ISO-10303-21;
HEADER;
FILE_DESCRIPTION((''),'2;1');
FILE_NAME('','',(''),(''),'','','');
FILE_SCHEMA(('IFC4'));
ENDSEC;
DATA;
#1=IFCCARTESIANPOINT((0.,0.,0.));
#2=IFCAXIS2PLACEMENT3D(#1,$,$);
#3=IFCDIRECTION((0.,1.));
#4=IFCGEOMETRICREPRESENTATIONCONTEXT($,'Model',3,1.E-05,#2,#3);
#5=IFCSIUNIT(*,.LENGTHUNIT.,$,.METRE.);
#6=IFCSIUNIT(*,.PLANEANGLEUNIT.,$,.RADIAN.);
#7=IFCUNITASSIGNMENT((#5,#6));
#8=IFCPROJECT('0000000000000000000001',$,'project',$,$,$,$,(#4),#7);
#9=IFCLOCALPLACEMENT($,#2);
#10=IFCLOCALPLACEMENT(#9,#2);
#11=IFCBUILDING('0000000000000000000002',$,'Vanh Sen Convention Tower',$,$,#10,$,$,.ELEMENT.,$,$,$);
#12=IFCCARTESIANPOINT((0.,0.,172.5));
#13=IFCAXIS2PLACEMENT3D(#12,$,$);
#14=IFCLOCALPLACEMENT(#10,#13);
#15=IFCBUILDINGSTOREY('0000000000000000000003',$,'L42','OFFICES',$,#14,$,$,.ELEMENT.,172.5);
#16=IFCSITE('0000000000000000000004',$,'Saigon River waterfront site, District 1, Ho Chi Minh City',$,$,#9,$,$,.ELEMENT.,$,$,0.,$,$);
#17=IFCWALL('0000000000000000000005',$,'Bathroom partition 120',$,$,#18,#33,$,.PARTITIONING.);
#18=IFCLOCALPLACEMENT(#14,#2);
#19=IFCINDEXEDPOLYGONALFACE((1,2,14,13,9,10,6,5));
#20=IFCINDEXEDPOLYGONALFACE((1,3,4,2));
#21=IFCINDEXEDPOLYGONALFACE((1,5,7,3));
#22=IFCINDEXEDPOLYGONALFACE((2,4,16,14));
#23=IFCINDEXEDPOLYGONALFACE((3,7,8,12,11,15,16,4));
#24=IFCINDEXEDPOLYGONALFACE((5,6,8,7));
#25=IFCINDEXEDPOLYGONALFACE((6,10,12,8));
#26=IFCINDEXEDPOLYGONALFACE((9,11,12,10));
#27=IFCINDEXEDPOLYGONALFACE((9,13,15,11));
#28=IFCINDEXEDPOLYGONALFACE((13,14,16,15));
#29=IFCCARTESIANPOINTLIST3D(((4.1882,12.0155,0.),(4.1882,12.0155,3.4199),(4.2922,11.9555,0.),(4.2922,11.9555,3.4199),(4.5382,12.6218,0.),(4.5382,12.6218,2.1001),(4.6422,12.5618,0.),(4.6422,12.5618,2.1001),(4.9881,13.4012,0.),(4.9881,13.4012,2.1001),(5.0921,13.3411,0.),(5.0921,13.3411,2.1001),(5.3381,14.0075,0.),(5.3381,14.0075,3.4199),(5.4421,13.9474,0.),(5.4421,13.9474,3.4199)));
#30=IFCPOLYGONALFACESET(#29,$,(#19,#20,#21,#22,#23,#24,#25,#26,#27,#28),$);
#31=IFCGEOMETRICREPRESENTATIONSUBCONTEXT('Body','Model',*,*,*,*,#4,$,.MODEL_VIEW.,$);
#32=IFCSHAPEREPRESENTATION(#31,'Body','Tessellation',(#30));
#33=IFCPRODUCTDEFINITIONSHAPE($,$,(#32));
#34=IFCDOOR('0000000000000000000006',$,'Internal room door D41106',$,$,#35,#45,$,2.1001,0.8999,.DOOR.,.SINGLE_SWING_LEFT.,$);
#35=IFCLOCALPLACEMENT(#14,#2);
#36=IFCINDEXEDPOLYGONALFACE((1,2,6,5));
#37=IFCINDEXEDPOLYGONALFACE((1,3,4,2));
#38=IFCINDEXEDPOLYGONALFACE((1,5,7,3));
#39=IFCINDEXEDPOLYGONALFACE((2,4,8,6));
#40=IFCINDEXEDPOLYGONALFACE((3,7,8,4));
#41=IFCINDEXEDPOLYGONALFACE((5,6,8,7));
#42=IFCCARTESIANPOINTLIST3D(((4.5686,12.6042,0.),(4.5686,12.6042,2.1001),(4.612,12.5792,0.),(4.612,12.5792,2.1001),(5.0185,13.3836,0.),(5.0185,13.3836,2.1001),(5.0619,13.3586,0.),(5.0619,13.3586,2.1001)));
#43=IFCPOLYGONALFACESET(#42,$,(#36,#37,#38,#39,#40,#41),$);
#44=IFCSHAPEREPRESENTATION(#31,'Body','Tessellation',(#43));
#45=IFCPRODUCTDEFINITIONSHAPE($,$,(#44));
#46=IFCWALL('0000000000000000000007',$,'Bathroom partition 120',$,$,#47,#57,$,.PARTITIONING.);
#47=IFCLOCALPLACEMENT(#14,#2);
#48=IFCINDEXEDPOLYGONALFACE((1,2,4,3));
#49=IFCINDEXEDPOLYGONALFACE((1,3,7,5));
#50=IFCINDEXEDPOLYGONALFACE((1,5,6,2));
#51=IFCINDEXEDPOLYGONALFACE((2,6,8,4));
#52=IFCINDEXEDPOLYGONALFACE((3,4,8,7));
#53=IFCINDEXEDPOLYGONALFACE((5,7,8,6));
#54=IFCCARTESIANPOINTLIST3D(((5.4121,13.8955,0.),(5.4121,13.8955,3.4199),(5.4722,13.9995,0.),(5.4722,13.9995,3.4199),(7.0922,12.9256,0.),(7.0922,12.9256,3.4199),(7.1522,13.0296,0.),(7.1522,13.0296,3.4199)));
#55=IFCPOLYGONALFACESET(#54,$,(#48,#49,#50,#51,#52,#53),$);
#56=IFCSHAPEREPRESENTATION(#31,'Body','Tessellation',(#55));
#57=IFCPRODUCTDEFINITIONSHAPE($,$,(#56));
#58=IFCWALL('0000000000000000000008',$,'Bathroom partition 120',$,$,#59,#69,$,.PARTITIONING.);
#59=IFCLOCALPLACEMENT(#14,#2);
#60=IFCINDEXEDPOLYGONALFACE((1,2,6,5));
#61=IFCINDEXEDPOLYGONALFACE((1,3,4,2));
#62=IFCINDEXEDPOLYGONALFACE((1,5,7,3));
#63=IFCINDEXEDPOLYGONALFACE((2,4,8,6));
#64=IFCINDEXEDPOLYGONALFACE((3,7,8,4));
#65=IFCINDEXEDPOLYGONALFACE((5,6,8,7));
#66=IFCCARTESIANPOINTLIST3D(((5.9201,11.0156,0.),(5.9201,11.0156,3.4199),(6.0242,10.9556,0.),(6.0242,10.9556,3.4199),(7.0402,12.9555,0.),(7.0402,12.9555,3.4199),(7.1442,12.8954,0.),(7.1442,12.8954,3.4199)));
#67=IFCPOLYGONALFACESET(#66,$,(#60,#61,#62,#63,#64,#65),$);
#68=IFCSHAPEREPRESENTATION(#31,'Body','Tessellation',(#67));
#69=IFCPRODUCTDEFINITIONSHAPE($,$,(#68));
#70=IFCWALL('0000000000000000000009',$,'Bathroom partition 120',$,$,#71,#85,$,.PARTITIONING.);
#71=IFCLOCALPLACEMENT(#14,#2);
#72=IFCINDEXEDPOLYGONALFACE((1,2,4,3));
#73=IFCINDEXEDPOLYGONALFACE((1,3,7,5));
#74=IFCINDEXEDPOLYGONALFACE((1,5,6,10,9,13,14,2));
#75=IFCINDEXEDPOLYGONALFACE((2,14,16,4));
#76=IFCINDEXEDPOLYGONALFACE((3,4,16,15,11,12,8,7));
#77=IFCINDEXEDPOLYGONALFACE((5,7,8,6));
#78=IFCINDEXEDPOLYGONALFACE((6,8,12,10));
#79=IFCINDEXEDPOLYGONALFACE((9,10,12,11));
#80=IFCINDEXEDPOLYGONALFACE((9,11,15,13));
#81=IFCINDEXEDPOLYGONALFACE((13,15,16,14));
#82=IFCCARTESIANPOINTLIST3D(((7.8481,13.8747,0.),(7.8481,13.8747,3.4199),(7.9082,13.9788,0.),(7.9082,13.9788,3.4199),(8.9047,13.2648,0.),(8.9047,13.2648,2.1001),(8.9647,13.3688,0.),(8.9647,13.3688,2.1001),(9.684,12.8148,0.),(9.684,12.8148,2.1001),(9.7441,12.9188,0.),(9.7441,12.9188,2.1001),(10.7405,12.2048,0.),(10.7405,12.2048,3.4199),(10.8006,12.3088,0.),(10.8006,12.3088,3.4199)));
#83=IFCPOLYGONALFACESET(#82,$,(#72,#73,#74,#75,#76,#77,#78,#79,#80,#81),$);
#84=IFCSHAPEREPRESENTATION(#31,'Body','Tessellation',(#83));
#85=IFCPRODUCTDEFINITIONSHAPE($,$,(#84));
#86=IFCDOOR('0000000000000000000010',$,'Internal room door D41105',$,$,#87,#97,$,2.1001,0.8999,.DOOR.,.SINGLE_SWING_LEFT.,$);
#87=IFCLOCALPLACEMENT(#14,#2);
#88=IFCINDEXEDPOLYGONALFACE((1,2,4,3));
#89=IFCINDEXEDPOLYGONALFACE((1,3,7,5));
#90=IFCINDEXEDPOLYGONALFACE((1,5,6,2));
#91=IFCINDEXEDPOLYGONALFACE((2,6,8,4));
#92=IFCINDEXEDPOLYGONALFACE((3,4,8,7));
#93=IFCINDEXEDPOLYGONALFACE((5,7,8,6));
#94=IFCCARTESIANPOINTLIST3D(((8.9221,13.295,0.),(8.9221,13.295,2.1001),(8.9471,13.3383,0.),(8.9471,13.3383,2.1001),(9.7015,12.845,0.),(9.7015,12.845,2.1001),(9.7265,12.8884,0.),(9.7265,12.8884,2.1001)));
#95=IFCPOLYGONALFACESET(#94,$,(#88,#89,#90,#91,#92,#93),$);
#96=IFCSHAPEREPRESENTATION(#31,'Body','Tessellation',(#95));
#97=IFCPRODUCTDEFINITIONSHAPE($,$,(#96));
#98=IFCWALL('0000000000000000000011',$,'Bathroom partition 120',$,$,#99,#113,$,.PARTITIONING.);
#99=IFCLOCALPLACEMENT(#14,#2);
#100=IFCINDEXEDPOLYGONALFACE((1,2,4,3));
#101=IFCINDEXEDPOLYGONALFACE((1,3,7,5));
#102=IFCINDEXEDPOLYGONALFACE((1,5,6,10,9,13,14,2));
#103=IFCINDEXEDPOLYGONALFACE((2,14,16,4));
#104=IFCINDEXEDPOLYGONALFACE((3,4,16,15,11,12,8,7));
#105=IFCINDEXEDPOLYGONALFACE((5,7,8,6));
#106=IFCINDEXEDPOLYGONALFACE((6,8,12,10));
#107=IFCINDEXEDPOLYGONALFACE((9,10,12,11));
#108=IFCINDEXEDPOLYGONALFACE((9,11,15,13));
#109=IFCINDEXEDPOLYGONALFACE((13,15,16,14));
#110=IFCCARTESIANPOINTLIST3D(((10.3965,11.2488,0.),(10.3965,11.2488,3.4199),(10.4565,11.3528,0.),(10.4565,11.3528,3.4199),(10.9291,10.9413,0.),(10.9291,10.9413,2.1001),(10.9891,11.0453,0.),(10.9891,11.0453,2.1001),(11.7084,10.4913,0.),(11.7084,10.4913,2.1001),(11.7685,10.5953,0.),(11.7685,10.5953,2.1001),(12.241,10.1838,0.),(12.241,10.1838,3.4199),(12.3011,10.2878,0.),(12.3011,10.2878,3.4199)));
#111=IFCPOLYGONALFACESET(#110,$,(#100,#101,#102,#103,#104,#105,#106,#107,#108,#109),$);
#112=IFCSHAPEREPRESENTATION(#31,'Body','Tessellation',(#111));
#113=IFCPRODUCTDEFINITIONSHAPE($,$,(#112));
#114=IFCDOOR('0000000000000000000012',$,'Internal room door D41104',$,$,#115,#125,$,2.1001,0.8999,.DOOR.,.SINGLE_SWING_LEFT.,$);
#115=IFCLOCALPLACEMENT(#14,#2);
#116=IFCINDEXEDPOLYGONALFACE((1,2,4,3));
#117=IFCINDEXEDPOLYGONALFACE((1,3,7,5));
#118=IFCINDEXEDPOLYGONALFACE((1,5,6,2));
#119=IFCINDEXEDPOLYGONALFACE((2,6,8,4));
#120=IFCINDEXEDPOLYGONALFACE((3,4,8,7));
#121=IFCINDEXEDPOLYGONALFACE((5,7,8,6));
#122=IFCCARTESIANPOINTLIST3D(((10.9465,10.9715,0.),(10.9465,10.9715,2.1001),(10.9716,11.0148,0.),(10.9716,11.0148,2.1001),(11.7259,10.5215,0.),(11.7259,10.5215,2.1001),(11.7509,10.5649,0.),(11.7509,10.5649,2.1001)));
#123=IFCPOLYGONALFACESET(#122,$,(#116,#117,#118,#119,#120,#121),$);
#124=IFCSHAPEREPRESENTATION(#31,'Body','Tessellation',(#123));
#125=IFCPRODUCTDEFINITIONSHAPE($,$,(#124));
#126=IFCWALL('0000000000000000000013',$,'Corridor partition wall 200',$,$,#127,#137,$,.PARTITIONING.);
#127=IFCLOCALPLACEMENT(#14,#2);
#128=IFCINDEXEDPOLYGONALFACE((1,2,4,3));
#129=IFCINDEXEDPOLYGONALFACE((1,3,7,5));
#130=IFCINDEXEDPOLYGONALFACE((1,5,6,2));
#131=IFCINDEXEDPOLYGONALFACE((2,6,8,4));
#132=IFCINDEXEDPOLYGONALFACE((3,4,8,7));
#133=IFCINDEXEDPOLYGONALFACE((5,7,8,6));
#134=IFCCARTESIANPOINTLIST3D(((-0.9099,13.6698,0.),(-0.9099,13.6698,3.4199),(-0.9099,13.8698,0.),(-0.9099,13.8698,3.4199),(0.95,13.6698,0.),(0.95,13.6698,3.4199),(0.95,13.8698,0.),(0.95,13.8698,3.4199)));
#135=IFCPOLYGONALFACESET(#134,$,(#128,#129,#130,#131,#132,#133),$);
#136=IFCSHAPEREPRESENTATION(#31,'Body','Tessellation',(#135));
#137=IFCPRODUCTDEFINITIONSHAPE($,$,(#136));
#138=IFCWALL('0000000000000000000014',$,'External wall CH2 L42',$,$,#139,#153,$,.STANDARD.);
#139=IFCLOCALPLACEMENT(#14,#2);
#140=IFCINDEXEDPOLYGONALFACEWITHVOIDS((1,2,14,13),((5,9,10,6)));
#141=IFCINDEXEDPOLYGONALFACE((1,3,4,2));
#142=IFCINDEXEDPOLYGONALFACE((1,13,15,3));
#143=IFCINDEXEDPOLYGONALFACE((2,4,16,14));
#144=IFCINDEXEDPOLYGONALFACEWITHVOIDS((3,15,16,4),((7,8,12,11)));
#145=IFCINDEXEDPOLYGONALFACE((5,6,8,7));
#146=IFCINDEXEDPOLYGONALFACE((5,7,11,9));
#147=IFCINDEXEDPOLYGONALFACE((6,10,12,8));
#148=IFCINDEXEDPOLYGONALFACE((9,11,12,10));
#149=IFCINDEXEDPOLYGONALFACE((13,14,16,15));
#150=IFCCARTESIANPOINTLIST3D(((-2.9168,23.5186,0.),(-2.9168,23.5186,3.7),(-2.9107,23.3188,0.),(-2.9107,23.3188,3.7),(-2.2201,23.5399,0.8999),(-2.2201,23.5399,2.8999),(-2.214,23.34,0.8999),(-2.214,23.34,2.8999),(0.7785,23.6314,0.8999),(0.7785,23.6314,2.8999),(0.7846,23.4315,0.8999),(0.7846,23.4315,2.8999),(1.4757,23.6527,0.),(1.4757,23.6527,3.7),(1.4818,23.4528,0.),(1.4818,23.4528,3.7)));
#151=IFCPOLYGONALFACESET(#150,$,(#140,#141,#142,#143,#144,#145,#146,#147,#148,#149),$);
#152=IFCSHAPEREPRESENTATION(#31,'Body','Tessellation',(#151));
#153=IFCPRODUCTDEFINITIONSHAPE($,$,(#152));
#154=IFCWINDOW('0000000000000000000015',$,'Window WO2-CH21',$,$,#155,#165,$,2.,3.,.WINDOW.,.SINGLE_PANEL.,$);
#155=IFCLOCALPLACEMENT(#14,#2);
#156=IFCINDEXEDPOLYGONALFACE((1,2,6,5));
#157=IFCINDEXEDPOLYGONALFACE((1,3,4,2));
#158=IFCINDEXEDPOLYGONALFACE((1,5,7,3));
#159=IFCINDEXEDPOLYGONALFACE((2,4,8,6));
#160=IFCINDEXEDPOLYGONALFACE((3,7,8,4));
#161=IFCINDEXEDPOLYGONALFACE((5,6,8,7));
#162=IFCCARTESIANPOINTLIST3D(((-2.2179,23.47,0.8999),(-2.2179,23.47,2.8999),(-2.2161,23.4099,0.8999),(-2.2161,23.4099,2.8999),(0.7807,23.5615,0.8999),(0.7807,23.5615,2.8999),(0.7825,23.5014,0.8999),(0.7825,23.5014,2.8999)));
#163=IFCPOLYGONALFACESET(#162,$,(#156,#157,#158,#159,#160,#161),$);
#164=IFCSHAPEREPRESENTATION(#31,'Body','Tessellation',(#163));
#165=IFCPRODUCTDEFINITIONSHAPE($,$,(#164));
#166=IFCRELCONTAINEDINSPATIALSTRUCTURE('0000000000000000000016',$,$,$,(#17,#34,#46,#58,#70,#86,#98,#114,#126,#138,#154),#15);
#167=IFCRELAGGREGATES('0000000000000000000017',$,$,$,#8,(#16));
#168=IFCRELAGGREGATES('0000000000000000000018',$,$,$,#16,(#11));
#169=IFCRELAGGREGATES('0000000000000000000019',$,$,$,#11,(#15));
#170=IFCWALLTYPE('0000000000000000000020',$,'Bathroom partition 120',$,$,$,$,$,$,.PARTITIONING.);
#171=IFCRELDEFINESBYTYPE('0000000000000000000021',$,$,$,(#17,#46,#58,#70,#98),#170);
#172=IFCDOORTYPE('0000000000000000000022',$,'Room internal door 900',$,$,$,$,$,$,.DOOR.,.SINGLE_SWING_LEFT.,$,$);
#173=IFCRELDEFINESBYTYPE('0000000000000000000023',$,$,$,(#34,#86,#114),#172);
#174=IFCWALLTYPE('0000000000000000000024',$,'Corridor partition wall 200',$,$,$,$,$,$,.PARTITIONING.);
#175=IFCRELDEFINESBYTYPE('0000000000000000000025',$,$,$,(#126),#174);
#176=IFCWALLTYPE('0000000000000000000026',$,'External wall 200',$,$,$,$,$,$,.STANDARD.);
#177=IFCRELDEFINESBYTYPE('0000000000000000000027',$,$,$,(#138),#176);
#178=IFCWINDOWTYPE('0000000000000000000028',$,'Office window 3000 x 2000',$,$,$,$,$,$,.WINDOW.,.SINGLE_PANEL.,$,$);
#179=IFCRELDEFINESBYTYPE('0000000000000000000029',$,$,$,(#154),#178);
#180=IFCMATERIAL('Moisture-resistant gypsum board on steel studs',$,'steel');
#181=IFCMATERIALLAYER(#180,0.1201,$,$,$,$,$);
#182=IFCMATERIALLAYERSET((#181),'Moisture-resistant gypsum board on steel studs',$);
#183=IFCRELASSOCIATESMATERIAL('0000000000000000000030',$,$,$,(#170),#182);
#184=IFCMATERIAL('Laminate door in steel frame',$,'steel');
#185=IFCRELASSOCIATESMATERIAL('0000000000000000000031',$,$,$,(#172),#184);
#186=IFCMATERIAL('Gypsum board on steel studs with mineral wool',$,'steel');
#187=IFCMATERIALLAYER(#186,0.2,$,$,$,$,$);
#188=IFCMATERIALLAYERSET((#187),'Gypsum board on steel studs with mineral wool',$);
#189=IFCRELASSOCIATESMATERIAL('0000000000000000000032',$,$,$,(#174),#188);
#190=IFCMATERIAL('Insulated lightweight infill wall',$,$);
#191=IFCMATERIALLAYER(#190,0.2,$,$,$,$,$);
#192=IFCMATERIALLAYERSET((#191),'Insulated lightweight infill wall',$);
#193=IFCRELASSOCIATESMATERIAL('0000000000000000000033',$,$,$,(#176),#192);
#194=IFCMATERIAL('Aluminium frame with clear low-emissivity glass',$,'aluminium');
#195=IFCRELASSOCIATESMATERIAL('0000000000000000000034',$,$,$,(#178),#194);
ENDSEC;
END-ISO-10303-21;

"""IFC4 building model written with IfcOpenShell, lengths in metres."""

from ifc_helpers import new_model, si_unit, direction, frame, frame_2d, origin, place, context, subcontext, project, spatial, rectangle, extrude, material, layer, layer_set, type_object, element, fill, save


model = new_model("IFC4")

# Units and contexts
model_context = context("Model", 3, precision=1e-05, world=origin(), true_north=direction((0.0, 1.0)))
body_context = subcontext(model_context, "Body", "Model", "MODEL_VIEW")
ifc_project = project(units=[si_unit("LENGTHUNIT", "METRE"), si_unit("PLANEANGLEUNIT", "RADIAN")], contexts=[model_context])

# Site, building, storey
site_placement = place(None, origin())
site = spatial("IfcSite", under=ifc_project, at=site_placement, Name="Saigon River waterfront site, District 1, Ho Chi Minh City", CompositionType="ELEMENT", RefElevation=0.0)
building_placement = place(site_placement, origin())
building = spatial("IfcBuilding", under=site, at=building_placement, Name="Vanh Sen Convention Tower", CompositionType="ELEMENT")
storey_placement = place(building_placement, frame((0.0, 0.0, 172.5)))
storey = spatial("IfcBuildingStorey", under=building, at=storey_placement, Name="L42", Description="OFFICES", CompositionType="ELEMENT", Elevation=172.5)

# Wall, opening, door
ifc_material_1 = material(Name="Moisture-resistant gypsum board on steel studs", Category="steel")
ifc_layer_1 = layer(ifc_material_1, 0.1201)
ifc_layer_set_1 = layer_set([ifc_layer_1], Name="Moisture-resistant gypsum board on steel studs")
wall_type_1 = type_object("IfcWallType", Name="Bathroom partition 120", PredefinedType="PARTITIONING", material=ifc_layer_set_1)
wall_1_placement = place(storey_placement, frame((4.2402, 11.9856, 0.0), z_axis=(0.0, 0.0, 1.0), x_axis=(0.499952, 0.866053, 0.0)))
wall_1 = element("IfcWall", 1, at=wall_1_placement, inside=storey, type_object=wall_type_1, Name="Bathroom partition 120", PredefinedType="PARTITIONING", context=body_context, shape_type="SweptSolid", body=[
    extrude(rectangle(XDim=2.3, YDim=0.1201, at=frame_2d((1.1499, 0.0))), origin(), (0.0, 0.0, 1.0), 3.4199),
])
opening_1_placement = place(wall_1_placement, frame((0.7, 0.0, 0.0)))
opening_1 = element("IfcOpeningElement", 2, at=opening_1_placement, cuts=wall_1, PredefinedType="OPENING", context=body_context, shape_type="SweptSolid", body=[
    extrude(rectangle(XDim=0.8999, YDim=2.1001, at=frame_2d((0.45, 1.05))), frame((0.0, 0.0701, 0.0), z_axis=(0.0, -1.0, 0.0), x_axis=(1.0, 0.0, 0.0)), (0.0, 0.0, 1.0), 0.1401),
])
ifc_material_2 = material(Name="Laminate door in steel frame", Category="steel")
door_type = type_object("IfcDoorType", Name="Room internal door 900", OperationType="SINGLE_SWING_LEFT", PredefinedType="DOOR", material=ifc_material_2)
door_1_placement = place(opening_1_placement, origin())
door_1 = element("IfcDoor", 3, at=door_1_placement, inside=storey, type_object=door_type, Name="Internal room door D41106", OperationType="SINGLE_SWING_LEFT", OverallHeight=2.1001, OverallWidth=0.8999, PredefinedType="DOOR", context=body_context, shape_type="SweptSolid", body=[
    extrude(rectangle(XDim=0.8999, YDim=2.1001, at=frame_2d((0.45, 1.05))), frame((0.0, 0.0249, 0.0), z_axis=(0.0, -1.0, 0.0), x_axis=(1.0, 0.0, 0.0)), (0.0, 0.0, 1.0), 0.05),
])
fill(opening_1, door_1)

# Walls
wall_2_placement = place(storey_placement, frame((5.4421, 13.9475, 0.0), z_axis=(0.0, 0.0, 1.0), x_axis=(0.866043, -0.499969, 0.0)))
element("IfcWall", 4, at=wall_2_placement, inside=storey, type_object=wall_type_1, Name="Bathroom partition 120", PredefinedType="PARTITIONING", context=body_context, shape_type="SweptSolid", body=[
    extrude(rectangle(XDim=1.9399, YDim=0.1201, at=frame_2d((0.97, 0.0))), origin(), (0.0, 0.0, 1.0), 3.4199),
])
wall_3_placement = place(storey_placement, frame((7.0923, 12.9255, 0.0), z_axis=(0.0, 0.0, 1.0), x_axis=(-0.500031, -0.866008, 0.0)))
element("IfcWall", 5, at=wall_3_placement, inside=storey, type_object=wall_type_1, Name="Bathroom partition 120", PredefinedType="PARTITIONING", context=body_context, shape_type="SweptSolid", body=[
    extrude(rectangle(XDim=2.24, YDim=0.1201, at=frame_2d((1.1201, 0.0))), origin(), (0.0, 0.0, 1.0), 3.4199),
])

# Walls, openings, doors
wall_4_placement = place(storey_placement, frame((7.8782, 13.9268, 0.0), z_axis=(0.0, 0.0, 1.0), x_axis=(0.866021, -0.500007, 0.0)))
wall_4 = element("IfcWall", 6, at=wall_4_placement, inside=storey, type_object=wall_type_1, Name="Bathroom partition 120", PredefinedType="PARTITIONING", context=body_context, shape_type="SweptSolid", body=[
    extrude(rectangle(XDim=3.3398, YDim=0.1201, at=frame_2d((1.6699, 0.0))), origin(), (0.0, 0.0, 1.0), 3.4199),
])
opening_2_placement = place(wall_4_placement, frame((1.22, 0.0, 0.0)))
opening_2 = element("IfcOpeningElement", 7, at=opening_2_placement, cuts=wall_4, PredefinedType="OPENING", context=body_context, shape_type="SweptSolid", body=[
    extrude(rectangle(XDim=0.8999, YDim=2.1001, at=frame_2d((0.45, 1.05))), frame((0.0, 0.0701, 0.0), z_axis=(0.0, -1.0, 0.0), x_axis=(1.0, 0.0, 0.0)), (0.0, 0.0, 1.0), 0.1401),
])
door_2_placement = place(opening_2_placement, origin())
door_2 = element("IfcDoor", 8, at=door_2_placement, inside=storey, type_object=door_type, Name="Internal room door D41105", OperationType="SINGLE_SWING_LEFT", OverallHeight=2.1001, OverallWidth=0.8999, PredefinedType="DOOR", context=body_context, shape_type="SweptSolid", body=[
    extrude(rectangle(XDim=0.8999, YDim=2.1001, at=frame_2d((0.45, 1.05))), frame((0.0, 0.0249, 0.0), z_axis=(0.0, -1.0, 0.0), x_axis=(1.0, 0.0, 0.0)), (0.0, 0.0, 1.0), 0.05),
])
fill(opening_2, door_2)
wall_5_placement = place(storey_placement, frame((10.4265, 11.3008, 0.0), z_axis=(0.0, 0.0, 1.0), x_axis=(0.86602, -0.50001, 0.0)))
wall_5 = element("IfcWall", 9, at=wall_5_placement, inside=storey, type_object=wall_type_1, Name="Bathroom partition 120", PredefinedType="PARTITIONING", context=body_context, shape_type="SweptSolid", body=[
    extrude(rectangle(XDim=2.1299, YDim=0.1201, at=frame_2d((1.0649, 0.0))), origin(), (0.0, 0.0, 1.0), 3.4199),
])
opening_3_placement = place(wall_5_placement, frame((0.615, 0.0, 0.0)))
opening_3 = element("IfcOpeningElement", 10, at=opening_3_placement, cuts=wall_5, PredefinedType="OPENING", context=body_context, shape_type="SweptSolid", body=[
    extrude(rectangle(XDim=0.8999, YDim=2.1001, at=frame_2d((0.45, 1.05))), frame((0.0, 0.0701, 0.0), z_axis=(0.0, -1.0, 0.0), x_axis=(1.0, 0.0, 0.0)), (0.0, 0.0, 1.0), 0.1401),
])
door_3_placement = place(opening_3_placement, origin())
door_3 = element("IfcDoor", 11, at=door_3_placement, inside=storey, type_object=door_type, Name="Internal room door D41104", OperationType="SINGLE_SWING_LEFT", OverallHeight=2.1001, OverallWidth=0.8999, PredefinedType="DOOR", context=body_context, shape_type="SweptSolid", body=[
    extrude(rectangle(XDim=0.8999, YDim=2.1001, at=frame_2d((0.45, 1.05))), frame((0.0, 0.0249, 0.0), z_axis=(0.0, -1.0, 0.0), x_axis=(1.0, 0.0, 0.0)), (0.0, 0.0, 1.0), 0.05),
])
fill(opening_3, door_3)

# Wall
ifc_material_3 = material(Name="Gypsum board on steel studs with mineral wool", Category="steel")
ifc_layer_2 = layer(ifc_material_3, 0.2)
ifc_layer_set_2 = layer_set([ifc_layer_2], Name="Gypsum board on steel studs with mineral wool")
wall_type_2 = type_object("IfcWallType", Name="Corridor partition wall 200", PredefinedType="PARTITIONING", material=ifc_layer_set_2)
wall_6_placement = place(storey_placement, frame((0.95, 13.7698, 0.0), z_axis=(0.0, 0.0, 1.0), x_axis=(-1.0, 0.0, 0.0)))
element("IfcWall", 12, at=wall_6_placement, inside=storey, type_object=wall_type_2, Name="Corridor partition wall 200", PredefinedType="PARTITIONING", context=body_context, shape_type="SweptSolid", body=[
    extrude(rectangle(XDim=1.8599, YDim=0.2, at=frame_2d((0.9299, 0.0))), origin(), (0.0, 0.0, 1.0), 3.4199),
])

# Wall, opening, window
ifc_material_4 = material(Name="Insulated lightweight infill wall")
ifc_layer_3 = layer(ifc_material_4, 0.2)
ifc_layer_set_3 = layer_set([ifc_layer_3], Name="Insulated lightweight infill wall")
wall_type_3 = type_object("IfcWallType", Name="External wall 200", PredefinedType="STANDARD", material=ifc_layer_set_3)
wall_7_placement = place(storey_placement, frame((1.4788, 23.5527, 0.0), z_axis=(0.0, 0.0, 1.0), x_axis=(-0.999535, -0.030499, 0.0)))
wall_7 = element("IfcWall", 13, at=wall_7_placement, inside=storey, type_object=wall_type_3, Name="External wall CH2 L42", PredefinedType="STANDARD", context=body_context, shape_type="SweptSolid", body=[
    extrude(rectangle(XDim=4.3945, YDim=0.2, at=frame_2d((2.1973, 0.0))), origin(), (0.0, 0.0, 1.0), 3.7),
])
opening_4_placement = place(wall_7_placement, frame((0.6975, 0.0, 0.8999)))
opening_4 = element("IfcOpeningElement", 14, at=opening_4_placement, cuts=wall_7, PredefinedType="OPENING", context=body_context, shape_type="SweptSolid", body=[
    extrude(rectangle(XDim=3.0, YDim=2.0, at=frame_2d((1.5, 1.0))), frame((0.0, 0.1099, 0.0), z_axis=(0.0, -1.0, 0.0), x_axis=(1.0, 0.0, 0.0)), (0.0, 0.0, 1.0), 0.22),
])
ifc_material_5 = material(Name="Aluminium frame with clear low-emissivity glass", Category="aluminium")
window_type = type_object("IfcWindowType", Name="Office window 3000 x 2000", PartitioningType="SINGLE_PANEL", PredefinedType="WINDOW", material=ifc_material_5)
window_placement = place(opening_4_placement, origin())
window = element("IfcWindow", 15, at=window_placement, inside=storey, type_object=window_type, Name="Window WO2-CH21", OverallHeight=2.0, OverallWidth=3.0, PartitioningType="SINGLE_PANEL", PredefinedType="WINDOW", context=body_context, shape_type="SweptSolid", body=[
    extrude(rectangle(XDim=3.0, YDim=2.0, at=frame_2d((1.5, 1.0))), frame((0.0, 0.03, 0.0), z_axis=(0.0, -1.0, 0.0), x_axis=(1.0, 0.0, 0.0)), (0.0, 0.0, 1.0), 0.0601),
])
fill(opening_4, window)

save(model, "model.ifc")
